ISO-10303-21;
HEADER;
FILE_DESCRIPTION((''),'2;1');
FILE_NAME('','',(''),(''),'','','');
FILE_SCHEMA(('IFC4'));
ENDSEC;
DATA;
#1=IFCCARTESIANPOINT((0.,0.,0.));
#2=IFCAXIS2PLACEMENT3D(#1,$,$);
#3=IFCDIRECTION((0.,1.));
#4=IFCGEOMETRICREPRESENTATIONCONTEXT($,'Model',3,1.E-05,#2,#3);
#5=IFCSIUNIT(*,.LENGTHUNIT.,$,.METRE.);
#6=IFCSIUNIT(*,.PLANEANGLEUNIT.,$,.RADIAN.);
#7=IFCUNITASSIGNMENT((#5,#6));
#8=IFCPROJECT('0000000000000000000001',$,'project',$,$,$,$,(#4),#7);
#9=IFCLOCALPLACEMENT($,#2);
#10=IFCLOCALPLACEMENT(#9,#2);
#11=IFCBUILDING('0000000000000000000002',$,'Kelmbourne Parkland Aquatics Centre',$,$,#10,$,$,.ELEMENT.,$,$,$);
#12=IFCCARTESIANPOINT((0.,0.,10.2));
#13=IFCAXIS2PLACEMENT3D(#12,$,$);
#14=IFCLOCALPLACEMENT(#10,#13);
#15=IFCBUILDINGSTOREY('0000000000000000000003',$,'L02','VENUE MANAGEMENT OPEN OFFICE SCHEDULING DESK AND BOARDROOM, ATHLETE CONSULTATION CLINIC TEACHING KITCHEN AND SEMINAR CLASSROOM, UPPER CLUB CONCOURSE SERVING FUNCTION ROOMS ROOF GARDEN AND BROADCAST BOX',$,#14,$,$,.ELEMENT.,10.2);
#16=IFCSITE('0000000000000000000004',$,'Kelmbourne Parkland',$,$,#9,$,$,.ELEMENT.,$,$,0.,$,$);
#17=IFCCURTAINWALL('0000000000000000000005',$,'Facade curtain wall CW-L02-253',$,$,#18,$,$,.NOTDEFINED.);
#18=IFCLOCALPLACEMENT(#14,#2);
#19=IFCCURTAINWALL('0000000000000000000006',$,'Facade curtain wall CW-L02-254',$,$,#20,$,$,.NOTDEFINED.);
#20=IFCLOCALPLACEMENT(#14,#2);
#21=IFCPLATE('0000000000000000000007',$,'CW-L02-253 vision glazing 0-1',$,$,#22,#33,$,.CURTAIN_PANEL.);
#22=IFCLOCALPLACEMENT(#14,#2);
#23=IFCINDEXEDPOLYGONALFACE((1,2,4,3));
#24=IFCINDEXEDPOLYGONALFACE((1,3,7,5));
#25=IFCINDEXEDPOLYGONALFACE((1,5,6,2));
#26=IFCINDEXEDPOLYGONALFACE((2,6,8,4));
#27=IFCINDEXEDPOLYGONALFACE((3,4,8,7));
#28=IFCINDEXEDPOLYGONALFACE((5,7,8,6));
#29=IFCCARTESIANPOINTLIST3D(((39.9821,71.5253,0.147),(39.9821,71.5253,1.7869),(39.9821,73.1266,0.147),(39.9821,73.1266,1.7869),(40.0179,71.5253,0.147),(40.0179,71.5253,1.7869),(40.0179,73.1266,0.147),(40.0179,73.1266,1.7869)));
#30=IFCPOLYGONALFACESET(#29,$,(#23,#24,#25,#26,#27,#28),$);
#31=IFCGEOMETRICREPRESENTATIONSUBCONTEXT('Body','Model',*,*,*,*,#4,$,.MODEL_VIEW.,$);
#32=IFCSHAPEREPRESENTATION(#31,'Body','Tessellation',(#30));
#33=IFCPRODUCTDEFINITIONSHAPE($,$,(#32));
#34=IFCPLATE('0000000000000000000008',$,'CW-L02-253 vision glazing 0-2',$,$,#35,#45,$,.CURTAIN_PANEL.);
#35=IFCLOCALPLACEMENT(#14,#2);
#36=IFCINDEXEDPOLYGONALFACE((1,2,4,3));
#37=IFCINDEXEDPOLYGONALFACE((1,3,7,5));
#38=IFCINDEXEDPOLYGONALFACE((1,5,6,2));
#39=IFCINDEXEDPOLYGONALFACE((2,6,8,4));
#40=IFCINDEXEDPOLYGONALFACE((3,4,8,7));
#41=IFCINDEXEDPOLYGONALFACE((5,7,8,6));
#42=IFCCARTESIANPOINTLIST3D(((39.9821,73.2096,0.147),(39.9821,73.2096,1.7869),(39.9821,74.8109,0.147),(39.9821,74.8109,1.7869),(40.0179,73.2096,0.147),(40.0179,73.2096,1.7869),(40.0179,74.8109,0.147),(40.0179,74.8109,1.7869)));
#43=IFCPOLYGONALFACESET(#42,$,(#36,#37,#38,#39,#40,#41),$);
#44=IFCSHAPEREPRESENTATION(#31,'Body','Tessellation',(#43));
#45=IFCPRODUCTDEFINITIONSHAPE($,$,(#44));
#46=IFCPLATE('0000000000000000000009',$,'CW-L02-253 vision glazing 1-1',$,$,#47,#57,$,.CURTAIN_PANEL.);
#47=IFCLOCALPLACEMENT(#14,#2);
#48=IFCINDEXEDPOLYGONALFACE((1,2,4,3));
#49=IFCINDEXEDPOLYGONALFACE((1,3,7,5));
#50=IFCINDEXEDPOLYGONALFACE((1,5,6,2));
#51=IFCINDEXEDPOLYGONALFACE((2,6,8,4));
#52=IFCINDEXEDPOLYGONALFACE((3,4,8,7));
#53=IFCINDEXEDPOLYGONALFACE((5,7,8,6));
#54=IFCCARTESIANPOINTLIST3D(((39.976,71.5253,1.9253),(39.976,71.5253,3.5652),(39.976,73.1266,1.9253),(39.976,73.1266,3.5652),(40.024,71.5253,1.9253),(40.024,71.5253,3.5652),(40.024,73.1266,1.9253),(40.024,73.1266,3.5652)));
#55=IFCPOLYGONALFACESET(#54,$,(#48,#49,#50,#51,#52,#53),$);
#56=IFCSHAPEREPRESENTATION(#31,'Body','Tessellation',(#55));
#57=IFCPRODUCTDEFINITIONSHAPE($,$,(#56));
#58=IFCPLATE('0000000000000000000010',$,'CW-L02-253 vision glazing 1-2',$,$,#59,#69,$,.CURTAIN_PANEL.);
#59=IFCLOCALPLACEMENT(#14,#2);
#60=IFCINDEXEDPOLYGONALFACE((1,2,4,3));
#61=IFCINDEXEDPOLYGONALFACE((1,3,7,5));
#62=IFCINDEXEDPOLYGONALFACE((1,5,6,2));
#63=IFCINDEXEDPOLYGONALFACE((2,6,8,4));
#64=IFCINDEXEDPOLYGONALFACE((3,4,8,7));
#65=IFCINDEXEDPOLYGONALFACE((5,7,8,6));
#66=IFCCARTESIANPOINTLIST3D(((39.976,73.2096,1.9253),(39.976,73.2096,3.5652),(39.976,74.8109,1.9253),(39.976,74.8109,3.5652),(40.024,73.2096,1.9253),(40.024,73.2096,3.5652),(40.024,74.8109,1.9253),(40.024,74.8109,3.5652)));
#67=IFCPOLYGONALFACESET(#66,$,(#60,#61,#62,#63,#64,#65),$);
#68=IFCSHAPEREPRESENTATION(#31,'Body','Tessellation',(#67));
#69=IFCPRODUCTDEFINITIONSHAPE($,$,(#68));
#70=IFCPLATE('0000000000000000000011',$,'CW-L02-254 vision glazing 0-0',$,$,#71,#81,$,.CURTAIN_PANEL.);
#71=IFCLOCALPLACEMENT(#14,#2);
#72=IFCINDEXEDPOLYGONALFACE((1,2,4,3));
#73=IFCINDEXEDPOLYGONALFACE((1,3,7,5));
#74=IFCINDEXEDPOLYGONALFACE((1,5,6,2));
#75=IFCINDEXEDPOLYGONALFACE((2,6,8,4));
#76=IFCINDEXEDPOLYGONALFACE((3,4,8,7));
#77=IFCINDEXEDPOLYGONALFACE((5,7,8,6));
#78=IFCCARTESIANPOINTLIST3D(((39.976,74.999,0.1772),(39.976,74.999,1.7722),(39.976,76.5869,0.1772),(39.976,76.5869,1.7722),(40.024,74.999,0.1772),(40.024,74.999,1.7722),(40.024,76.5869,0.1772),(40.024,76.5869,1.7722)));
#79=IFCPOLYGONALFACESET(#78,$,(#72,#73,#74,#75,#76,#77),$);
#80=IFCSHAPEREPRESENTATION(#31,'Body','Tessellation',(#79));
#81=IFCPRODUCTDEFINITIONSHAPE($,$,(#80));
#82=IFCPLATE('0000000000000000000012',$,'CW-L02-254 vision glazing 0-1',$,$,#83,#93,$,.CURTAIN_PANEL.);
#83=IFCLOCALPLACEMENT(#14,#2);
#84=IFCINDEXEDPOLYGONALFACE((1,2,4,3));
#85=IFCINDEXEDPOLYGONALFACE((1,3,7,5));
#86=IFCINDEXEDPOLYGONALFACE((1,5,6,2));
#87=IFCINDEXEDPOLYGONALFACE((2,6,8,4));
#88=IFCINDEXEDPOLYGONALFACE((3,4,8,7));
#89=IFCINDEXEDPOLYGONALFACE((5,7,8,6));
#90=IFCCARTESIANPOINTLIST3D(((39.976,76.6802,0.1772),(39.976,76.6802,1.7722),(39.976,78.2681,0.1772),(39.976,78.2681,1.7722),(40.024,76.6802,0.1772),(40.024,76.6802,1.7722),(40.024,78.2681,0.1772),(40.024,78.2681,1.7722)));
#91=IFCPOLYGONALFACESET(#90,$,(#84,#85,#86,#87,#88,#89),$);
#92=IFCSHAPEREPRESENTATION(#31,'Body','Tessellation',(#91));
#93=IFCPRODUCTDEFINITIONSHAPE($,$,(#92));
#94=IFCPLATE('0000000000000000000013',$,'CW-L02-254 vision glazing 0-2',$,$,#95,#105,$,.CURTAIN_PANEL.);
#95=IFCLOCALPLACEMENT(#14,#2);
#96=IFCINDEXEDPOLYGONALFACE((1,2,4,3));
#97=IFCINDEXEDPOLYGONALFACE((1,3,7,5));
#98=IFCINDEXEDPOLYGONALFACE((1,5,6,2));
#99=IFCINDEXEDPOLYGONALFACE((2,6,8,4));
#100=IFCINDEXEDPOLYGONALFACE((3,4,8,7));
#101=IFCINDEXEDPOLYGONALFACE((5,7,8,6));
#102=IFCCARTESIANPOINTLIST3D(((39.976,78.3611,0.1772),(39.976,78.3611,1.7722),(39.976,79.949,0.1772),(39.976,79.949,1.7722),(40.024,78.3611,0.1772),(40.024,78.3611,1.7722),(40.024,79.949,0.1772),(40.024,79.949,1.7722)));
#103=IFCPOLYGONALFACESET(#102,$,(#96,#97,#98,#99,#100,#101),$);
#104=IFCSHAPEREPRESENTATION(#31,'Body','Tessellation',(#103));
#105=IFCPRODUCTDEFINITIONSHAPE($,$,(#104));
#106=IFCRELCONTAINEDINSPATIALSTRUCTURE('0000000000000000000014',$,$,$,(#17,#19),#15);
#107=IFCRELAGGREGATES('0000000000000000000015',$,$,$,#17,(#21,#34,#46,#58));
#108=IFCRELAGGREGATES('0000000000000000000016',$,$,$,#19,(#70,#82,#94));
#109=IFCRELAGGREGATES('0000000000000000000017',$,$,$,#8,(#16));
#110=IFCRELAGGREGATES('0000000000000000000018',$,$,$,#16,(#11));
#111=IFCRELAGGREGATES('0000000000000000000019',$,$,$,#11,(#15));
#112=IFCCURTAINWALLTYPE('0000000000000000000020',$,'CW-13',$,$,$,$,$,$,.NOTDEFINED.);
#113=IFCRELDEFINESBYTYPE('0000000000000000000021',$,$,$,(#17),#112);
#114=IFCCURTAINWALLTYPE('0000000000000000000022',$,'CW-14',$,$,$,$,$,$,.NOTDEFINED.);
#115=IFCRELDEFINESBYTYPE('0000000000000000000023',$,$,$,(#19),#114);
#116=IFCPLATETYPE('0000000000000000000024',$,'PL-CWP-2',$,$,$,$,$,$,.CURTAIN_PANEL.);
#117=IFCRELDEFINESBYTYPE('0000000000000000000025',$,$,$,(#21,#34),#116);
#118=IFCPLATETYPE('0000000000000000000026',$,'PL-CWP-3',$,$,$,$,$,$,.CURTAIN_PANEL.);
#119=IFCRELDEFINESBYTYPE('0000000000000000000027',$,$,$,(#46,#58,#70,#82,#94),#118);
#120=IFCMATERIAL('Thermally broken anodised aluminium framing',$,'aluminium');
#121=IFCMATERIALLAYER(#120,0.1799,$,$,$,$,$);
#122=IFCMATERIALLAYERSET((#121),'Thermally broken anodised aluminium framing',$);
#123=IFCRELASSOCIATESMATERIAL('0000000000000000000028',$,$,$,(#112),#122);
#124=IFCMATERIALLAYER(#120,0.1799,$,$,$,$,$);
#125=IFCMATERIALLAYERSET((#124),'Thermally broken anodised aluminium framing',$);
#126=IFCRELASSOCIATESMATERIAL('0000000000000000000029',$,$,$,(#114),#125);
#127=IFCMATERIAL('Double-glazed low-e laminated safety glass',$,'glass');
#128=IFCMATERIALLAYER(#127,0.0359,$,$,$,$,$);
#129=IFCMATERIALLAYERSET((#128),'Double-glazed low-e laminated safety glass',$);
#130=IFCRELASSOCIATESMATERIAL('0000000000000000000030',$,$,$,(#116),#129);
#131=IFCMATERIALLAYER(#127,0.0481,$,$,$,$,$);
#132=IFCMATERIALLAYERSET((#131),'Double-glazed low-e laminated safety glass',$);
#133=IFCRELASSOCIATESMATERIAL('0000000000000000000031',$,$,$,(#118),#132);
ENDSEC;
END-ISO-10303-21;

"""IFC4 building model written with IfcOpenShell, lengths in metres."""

from ifc_helpers import new_model, si_unit, direction, frame, origin, origin_2d, place, context, subcontext, project, spatial, rectangle, extrude, material, layer, layer_set, type_object, element, aggregate, save


model = new_model("IFC4")

# Units and contexts
model_context = context("Model", 3, precision=1e-05, world=origin(), true_north=direction((0.0, 1.0)))
body_context = subcontext(model_context, "Body", "Model", "MODEL_VIEW")
ifc_project = project(units=[si_unit("LENGTHUNIT", "METRE"), si_unit("PLANEANGLEUNIT", "RADIAN")], contexts=[model_context])

# Site, building, storey
site_placement = place(None, origin())
site = spatial("IfcSite", under=ifc_project, at=site_placement, Name="Kelmbourne Parkland", CompositionType="ELEMENT", RefElevation=0.0)
building_placement = place(site_placement, origin())
building = spatial("IfcBuilding", under=site, at=building_placement, Name="Kelmbourne Parkland Aquatics Centre", CompositionType="ELEMENT")
storey_placement = place(building_placement, frame((0.0, 0.0, 10.2)))
storey = spatial("IfcBuildingStorey", under=building, at=storey_placement, Name="L02", Description="VENUE MANAGEMENT OPEN OFFICE SCHEDULING DESK AND BOARDROOM, ATHLETE CONSULTATION CLINIC TEACHING KITCHEN AND SEMINAR CLASSROOM, UPPER CLUB CONCOURSE SERVING FUNCTION ROOMS ROOF GARDEN AND BROADCAST BOX", CompositionType="ELEMENT", Elevation=10.2)

# Curtain walls
ifc_material_1 = material(Name="Thermally broken anodised aluminium framing", Category="aluminium")
ifc_layer_1 = layer(ifc_material_1, 0.1799)
ifc_layer_set_1 = layer_set([ifc_layer_1], Name="Thermally broken anodised aluminium framing")
curtain_wall_type_1 = type_object("IfcCurtainWallType", Name="CW-13", PredefinedType="NOTDEFINED", material=ifc_layer_set_1)
curtain_wall_1_placement = place(storey_placement, origin())
curtain_wall_1 = element("IfcCurtainWall", 1, at=curtain_wall_1_placement, inside=storey, type_object=curtain_wall_type_1, Name="Facade curtain wall CW-L02-253", PredefinedType="NOTDEFINED")
ifc_layer_2 = layer(ifc_material_1, 0.1799)
ifc_layer_set_2 = layer_set([ifc_layer_2], Name="Thermally broken anodised aluminium framing")
curtain_wall_type_2 = type_object("IfcCurtainWallType", Name="CW-14", PredefinedType="NOTDEFINED", material=ifc_layer_set_2)
curtain_wall_2_placement = place(storey_placement, origin())
curtain_wall_2 = element("IfcCurtainWall", 2, at=curtain_wall_2_placement, inside=storey, type_object=curtain_wall_type_2, Name="Facade curtain wall CW-L02-254", PredefinedType="NOTDEFINED")

# Plates
ifc_material_2 = material(Name="Double-glazed low-e laminated safety glass", Category="glass")
ifc_layer_3 = layer(ifc_material_2, 0.0359)
ifc_layer_set_3 = layer_set([ifc_layer_3], Name="Double-glazed low-e laminated safety glass")
plate_type_1 = type_object("IfcPlateType", Name="PL-CWP-2", PredefinedType="CURTAIN_PANEL", material=ifc_layer_set_3)
plate_1_placement = place(storey_placement, frame((40.0, 72.3259, 0.147), z_axis=(0.0, 0.0, 1.0), x_axis=(0.0, 1.0, 0.0)))
plate_1 = element("IfcPlate", 3, at=plate_1_placement, type_object=plate_type_1, Name="CW-L02-253 vision glazing 0-1", PredefinedType="CURTAIN_PANEL", context=body_context, shape_type="SweptSolid", body=[
    extrude(rectangle(XDim=1.6013, YDim=0.0359, at=origin_2d()), origin(), (0.0, 0.0, 1.0), 1.6399),
])
plate_2_placement = place(storey_placement, frame((40.0, 74.0103, 0.147), z_axis=(0.0, 0.0, 1.0), x_axis=(0.0, 1.0, 0.0)))
plate_2 = element("IfcPlate", 4, at=plate_2_placement, type_object=plate_type_1, Name="CW-L02-253 vision glazing 0-2", PredefinedType="CURTAIN_PANEL", context=body_context, shape_type="SweptSolid", body=[
    extrude(rectangle(XDim=1.6013, YDim=0.0359, at=origin_2d()), origin(), (0.0, 0.0, 1.0), 1.6399),
])
ifc_layer_4 = layer(ifc_material_2, 0.0481)
ifc_layer_set_4 = layer_set([ifc_layer_4], Name="Double-glazed low-e laminated safety glass")
plate_type_2 = type_object("IfcPlateType", Name="PL-CWP-3", PredefinedType="CURTAIN_PANEL", material=ifc_layer_set_4)
plate_3_placement = place(storey_placement, frame((40.0, 72.3259, 1.9253), z_axis=(0.0, 0.0, 1.0), x_axis=(0.0, 1.0, 0.0)))
plate_3 = element("IfcPlate", 5, at=plate_3_placement, type_object=plate_type_2, Name="CW-L02-253 vision glazing 1-1", PredefinedType="CURTAIN_PANEL", context=body_context, shape_type="SweptSolid", body=[
    extrude(rectangle(XDim=1.6013, YDim=0.0481, at=origin_2d()), origin(), (0.0, 0.0, 1.0), 1.6399),
])
plate_4_placement = place(storey_placement, frame((40.0, 74.0103, 1.9253), z_axis=(0.0, 0.0, 1.0), x_axis=(0.0, 1.0, 0.0)))
plate_4 = element("IfcPlate", 6, at=plate_4_placement, type_object=plate_type_2, Name="CW-L02-253 vision glazing 1-2", PredefinedType="CURTAIN_PANEL", context=body_context, shape_type="SweptSolid", body=[
    extrude(rectangle(XDim=1.6013, YDim=0.0481, at=origin_2d()), origin(), (0.0, 0.0, 1.0), 1.6399),
])
aggregate(curtain_wall_1, [plate_1, plate_2, plate_3, plate_4])
plate_5_placement = place(storey_placement, frame((40.0, 75.793, 0.1772), z_axis=(0.0, 0.0, 1.0), x_axis=(0.0, 1.0, 0.0)))
plate_5 = element("IfcPlate", 7, at=plate_5_placement, type_object=plate_type_2, Name="CW-L02-254 vision glazing 0-0", PredefinedType="CURTAIN_PANEL", context=body_context, shape_type="SweptSolid", body=[
    extrude(rectangle(XDim=1.5879, YDim=0.0481, at=origin_2d()), origin(), (0.0, 0.0, 1.0), 1.595),
])
plate_6_placement = place(storey_placement, frame((40.0, 77.4741, 0.1772), z_axis=(0.0, 0.0, 1.0), x_axis=(0.0, 1.0, 0.0)))
plate_6 = element("IfcPlate", 8, at=plate_6_placement, type_object=plate_type_2, Name="CW-L02-254 vision glazing 0-1", PredefinedType="CURTAIN_PANEL", context=body_context, shape_type="SweptSolid", body=[
    extrude(rectangle(XDim=1.5879, YDim=0.0481, at=origin_2d()), origin(), (0.0, 0.0, 1.0), 1.595),
])
plate_7_placement = place(storey_placement, frame((40.0, 79.155, 0.1772), z_axis=(0.0, 0.0, 1.0), x_axis=(0.0, 1.0, 0.0)))
plate_7 = element("IfcPlate", 9, at=plate_7_placement, type_object=plate_type_2, Name="CW-L02-254 vision glazing 0-2", PredefinedType="CURTAIN_PANEL", context=body_context, shape_type="SweptSolid", body=[
    extrude(rectangle(XDim=1.5879, YDim=0.0481, at=origin_2d()), origin(), (0.0, 0.0, 1.0), 1.595),
])
aggregate(curtain_wall_2, [plate_5, plate_6, plate_7])

save(model, "model.ifc")
